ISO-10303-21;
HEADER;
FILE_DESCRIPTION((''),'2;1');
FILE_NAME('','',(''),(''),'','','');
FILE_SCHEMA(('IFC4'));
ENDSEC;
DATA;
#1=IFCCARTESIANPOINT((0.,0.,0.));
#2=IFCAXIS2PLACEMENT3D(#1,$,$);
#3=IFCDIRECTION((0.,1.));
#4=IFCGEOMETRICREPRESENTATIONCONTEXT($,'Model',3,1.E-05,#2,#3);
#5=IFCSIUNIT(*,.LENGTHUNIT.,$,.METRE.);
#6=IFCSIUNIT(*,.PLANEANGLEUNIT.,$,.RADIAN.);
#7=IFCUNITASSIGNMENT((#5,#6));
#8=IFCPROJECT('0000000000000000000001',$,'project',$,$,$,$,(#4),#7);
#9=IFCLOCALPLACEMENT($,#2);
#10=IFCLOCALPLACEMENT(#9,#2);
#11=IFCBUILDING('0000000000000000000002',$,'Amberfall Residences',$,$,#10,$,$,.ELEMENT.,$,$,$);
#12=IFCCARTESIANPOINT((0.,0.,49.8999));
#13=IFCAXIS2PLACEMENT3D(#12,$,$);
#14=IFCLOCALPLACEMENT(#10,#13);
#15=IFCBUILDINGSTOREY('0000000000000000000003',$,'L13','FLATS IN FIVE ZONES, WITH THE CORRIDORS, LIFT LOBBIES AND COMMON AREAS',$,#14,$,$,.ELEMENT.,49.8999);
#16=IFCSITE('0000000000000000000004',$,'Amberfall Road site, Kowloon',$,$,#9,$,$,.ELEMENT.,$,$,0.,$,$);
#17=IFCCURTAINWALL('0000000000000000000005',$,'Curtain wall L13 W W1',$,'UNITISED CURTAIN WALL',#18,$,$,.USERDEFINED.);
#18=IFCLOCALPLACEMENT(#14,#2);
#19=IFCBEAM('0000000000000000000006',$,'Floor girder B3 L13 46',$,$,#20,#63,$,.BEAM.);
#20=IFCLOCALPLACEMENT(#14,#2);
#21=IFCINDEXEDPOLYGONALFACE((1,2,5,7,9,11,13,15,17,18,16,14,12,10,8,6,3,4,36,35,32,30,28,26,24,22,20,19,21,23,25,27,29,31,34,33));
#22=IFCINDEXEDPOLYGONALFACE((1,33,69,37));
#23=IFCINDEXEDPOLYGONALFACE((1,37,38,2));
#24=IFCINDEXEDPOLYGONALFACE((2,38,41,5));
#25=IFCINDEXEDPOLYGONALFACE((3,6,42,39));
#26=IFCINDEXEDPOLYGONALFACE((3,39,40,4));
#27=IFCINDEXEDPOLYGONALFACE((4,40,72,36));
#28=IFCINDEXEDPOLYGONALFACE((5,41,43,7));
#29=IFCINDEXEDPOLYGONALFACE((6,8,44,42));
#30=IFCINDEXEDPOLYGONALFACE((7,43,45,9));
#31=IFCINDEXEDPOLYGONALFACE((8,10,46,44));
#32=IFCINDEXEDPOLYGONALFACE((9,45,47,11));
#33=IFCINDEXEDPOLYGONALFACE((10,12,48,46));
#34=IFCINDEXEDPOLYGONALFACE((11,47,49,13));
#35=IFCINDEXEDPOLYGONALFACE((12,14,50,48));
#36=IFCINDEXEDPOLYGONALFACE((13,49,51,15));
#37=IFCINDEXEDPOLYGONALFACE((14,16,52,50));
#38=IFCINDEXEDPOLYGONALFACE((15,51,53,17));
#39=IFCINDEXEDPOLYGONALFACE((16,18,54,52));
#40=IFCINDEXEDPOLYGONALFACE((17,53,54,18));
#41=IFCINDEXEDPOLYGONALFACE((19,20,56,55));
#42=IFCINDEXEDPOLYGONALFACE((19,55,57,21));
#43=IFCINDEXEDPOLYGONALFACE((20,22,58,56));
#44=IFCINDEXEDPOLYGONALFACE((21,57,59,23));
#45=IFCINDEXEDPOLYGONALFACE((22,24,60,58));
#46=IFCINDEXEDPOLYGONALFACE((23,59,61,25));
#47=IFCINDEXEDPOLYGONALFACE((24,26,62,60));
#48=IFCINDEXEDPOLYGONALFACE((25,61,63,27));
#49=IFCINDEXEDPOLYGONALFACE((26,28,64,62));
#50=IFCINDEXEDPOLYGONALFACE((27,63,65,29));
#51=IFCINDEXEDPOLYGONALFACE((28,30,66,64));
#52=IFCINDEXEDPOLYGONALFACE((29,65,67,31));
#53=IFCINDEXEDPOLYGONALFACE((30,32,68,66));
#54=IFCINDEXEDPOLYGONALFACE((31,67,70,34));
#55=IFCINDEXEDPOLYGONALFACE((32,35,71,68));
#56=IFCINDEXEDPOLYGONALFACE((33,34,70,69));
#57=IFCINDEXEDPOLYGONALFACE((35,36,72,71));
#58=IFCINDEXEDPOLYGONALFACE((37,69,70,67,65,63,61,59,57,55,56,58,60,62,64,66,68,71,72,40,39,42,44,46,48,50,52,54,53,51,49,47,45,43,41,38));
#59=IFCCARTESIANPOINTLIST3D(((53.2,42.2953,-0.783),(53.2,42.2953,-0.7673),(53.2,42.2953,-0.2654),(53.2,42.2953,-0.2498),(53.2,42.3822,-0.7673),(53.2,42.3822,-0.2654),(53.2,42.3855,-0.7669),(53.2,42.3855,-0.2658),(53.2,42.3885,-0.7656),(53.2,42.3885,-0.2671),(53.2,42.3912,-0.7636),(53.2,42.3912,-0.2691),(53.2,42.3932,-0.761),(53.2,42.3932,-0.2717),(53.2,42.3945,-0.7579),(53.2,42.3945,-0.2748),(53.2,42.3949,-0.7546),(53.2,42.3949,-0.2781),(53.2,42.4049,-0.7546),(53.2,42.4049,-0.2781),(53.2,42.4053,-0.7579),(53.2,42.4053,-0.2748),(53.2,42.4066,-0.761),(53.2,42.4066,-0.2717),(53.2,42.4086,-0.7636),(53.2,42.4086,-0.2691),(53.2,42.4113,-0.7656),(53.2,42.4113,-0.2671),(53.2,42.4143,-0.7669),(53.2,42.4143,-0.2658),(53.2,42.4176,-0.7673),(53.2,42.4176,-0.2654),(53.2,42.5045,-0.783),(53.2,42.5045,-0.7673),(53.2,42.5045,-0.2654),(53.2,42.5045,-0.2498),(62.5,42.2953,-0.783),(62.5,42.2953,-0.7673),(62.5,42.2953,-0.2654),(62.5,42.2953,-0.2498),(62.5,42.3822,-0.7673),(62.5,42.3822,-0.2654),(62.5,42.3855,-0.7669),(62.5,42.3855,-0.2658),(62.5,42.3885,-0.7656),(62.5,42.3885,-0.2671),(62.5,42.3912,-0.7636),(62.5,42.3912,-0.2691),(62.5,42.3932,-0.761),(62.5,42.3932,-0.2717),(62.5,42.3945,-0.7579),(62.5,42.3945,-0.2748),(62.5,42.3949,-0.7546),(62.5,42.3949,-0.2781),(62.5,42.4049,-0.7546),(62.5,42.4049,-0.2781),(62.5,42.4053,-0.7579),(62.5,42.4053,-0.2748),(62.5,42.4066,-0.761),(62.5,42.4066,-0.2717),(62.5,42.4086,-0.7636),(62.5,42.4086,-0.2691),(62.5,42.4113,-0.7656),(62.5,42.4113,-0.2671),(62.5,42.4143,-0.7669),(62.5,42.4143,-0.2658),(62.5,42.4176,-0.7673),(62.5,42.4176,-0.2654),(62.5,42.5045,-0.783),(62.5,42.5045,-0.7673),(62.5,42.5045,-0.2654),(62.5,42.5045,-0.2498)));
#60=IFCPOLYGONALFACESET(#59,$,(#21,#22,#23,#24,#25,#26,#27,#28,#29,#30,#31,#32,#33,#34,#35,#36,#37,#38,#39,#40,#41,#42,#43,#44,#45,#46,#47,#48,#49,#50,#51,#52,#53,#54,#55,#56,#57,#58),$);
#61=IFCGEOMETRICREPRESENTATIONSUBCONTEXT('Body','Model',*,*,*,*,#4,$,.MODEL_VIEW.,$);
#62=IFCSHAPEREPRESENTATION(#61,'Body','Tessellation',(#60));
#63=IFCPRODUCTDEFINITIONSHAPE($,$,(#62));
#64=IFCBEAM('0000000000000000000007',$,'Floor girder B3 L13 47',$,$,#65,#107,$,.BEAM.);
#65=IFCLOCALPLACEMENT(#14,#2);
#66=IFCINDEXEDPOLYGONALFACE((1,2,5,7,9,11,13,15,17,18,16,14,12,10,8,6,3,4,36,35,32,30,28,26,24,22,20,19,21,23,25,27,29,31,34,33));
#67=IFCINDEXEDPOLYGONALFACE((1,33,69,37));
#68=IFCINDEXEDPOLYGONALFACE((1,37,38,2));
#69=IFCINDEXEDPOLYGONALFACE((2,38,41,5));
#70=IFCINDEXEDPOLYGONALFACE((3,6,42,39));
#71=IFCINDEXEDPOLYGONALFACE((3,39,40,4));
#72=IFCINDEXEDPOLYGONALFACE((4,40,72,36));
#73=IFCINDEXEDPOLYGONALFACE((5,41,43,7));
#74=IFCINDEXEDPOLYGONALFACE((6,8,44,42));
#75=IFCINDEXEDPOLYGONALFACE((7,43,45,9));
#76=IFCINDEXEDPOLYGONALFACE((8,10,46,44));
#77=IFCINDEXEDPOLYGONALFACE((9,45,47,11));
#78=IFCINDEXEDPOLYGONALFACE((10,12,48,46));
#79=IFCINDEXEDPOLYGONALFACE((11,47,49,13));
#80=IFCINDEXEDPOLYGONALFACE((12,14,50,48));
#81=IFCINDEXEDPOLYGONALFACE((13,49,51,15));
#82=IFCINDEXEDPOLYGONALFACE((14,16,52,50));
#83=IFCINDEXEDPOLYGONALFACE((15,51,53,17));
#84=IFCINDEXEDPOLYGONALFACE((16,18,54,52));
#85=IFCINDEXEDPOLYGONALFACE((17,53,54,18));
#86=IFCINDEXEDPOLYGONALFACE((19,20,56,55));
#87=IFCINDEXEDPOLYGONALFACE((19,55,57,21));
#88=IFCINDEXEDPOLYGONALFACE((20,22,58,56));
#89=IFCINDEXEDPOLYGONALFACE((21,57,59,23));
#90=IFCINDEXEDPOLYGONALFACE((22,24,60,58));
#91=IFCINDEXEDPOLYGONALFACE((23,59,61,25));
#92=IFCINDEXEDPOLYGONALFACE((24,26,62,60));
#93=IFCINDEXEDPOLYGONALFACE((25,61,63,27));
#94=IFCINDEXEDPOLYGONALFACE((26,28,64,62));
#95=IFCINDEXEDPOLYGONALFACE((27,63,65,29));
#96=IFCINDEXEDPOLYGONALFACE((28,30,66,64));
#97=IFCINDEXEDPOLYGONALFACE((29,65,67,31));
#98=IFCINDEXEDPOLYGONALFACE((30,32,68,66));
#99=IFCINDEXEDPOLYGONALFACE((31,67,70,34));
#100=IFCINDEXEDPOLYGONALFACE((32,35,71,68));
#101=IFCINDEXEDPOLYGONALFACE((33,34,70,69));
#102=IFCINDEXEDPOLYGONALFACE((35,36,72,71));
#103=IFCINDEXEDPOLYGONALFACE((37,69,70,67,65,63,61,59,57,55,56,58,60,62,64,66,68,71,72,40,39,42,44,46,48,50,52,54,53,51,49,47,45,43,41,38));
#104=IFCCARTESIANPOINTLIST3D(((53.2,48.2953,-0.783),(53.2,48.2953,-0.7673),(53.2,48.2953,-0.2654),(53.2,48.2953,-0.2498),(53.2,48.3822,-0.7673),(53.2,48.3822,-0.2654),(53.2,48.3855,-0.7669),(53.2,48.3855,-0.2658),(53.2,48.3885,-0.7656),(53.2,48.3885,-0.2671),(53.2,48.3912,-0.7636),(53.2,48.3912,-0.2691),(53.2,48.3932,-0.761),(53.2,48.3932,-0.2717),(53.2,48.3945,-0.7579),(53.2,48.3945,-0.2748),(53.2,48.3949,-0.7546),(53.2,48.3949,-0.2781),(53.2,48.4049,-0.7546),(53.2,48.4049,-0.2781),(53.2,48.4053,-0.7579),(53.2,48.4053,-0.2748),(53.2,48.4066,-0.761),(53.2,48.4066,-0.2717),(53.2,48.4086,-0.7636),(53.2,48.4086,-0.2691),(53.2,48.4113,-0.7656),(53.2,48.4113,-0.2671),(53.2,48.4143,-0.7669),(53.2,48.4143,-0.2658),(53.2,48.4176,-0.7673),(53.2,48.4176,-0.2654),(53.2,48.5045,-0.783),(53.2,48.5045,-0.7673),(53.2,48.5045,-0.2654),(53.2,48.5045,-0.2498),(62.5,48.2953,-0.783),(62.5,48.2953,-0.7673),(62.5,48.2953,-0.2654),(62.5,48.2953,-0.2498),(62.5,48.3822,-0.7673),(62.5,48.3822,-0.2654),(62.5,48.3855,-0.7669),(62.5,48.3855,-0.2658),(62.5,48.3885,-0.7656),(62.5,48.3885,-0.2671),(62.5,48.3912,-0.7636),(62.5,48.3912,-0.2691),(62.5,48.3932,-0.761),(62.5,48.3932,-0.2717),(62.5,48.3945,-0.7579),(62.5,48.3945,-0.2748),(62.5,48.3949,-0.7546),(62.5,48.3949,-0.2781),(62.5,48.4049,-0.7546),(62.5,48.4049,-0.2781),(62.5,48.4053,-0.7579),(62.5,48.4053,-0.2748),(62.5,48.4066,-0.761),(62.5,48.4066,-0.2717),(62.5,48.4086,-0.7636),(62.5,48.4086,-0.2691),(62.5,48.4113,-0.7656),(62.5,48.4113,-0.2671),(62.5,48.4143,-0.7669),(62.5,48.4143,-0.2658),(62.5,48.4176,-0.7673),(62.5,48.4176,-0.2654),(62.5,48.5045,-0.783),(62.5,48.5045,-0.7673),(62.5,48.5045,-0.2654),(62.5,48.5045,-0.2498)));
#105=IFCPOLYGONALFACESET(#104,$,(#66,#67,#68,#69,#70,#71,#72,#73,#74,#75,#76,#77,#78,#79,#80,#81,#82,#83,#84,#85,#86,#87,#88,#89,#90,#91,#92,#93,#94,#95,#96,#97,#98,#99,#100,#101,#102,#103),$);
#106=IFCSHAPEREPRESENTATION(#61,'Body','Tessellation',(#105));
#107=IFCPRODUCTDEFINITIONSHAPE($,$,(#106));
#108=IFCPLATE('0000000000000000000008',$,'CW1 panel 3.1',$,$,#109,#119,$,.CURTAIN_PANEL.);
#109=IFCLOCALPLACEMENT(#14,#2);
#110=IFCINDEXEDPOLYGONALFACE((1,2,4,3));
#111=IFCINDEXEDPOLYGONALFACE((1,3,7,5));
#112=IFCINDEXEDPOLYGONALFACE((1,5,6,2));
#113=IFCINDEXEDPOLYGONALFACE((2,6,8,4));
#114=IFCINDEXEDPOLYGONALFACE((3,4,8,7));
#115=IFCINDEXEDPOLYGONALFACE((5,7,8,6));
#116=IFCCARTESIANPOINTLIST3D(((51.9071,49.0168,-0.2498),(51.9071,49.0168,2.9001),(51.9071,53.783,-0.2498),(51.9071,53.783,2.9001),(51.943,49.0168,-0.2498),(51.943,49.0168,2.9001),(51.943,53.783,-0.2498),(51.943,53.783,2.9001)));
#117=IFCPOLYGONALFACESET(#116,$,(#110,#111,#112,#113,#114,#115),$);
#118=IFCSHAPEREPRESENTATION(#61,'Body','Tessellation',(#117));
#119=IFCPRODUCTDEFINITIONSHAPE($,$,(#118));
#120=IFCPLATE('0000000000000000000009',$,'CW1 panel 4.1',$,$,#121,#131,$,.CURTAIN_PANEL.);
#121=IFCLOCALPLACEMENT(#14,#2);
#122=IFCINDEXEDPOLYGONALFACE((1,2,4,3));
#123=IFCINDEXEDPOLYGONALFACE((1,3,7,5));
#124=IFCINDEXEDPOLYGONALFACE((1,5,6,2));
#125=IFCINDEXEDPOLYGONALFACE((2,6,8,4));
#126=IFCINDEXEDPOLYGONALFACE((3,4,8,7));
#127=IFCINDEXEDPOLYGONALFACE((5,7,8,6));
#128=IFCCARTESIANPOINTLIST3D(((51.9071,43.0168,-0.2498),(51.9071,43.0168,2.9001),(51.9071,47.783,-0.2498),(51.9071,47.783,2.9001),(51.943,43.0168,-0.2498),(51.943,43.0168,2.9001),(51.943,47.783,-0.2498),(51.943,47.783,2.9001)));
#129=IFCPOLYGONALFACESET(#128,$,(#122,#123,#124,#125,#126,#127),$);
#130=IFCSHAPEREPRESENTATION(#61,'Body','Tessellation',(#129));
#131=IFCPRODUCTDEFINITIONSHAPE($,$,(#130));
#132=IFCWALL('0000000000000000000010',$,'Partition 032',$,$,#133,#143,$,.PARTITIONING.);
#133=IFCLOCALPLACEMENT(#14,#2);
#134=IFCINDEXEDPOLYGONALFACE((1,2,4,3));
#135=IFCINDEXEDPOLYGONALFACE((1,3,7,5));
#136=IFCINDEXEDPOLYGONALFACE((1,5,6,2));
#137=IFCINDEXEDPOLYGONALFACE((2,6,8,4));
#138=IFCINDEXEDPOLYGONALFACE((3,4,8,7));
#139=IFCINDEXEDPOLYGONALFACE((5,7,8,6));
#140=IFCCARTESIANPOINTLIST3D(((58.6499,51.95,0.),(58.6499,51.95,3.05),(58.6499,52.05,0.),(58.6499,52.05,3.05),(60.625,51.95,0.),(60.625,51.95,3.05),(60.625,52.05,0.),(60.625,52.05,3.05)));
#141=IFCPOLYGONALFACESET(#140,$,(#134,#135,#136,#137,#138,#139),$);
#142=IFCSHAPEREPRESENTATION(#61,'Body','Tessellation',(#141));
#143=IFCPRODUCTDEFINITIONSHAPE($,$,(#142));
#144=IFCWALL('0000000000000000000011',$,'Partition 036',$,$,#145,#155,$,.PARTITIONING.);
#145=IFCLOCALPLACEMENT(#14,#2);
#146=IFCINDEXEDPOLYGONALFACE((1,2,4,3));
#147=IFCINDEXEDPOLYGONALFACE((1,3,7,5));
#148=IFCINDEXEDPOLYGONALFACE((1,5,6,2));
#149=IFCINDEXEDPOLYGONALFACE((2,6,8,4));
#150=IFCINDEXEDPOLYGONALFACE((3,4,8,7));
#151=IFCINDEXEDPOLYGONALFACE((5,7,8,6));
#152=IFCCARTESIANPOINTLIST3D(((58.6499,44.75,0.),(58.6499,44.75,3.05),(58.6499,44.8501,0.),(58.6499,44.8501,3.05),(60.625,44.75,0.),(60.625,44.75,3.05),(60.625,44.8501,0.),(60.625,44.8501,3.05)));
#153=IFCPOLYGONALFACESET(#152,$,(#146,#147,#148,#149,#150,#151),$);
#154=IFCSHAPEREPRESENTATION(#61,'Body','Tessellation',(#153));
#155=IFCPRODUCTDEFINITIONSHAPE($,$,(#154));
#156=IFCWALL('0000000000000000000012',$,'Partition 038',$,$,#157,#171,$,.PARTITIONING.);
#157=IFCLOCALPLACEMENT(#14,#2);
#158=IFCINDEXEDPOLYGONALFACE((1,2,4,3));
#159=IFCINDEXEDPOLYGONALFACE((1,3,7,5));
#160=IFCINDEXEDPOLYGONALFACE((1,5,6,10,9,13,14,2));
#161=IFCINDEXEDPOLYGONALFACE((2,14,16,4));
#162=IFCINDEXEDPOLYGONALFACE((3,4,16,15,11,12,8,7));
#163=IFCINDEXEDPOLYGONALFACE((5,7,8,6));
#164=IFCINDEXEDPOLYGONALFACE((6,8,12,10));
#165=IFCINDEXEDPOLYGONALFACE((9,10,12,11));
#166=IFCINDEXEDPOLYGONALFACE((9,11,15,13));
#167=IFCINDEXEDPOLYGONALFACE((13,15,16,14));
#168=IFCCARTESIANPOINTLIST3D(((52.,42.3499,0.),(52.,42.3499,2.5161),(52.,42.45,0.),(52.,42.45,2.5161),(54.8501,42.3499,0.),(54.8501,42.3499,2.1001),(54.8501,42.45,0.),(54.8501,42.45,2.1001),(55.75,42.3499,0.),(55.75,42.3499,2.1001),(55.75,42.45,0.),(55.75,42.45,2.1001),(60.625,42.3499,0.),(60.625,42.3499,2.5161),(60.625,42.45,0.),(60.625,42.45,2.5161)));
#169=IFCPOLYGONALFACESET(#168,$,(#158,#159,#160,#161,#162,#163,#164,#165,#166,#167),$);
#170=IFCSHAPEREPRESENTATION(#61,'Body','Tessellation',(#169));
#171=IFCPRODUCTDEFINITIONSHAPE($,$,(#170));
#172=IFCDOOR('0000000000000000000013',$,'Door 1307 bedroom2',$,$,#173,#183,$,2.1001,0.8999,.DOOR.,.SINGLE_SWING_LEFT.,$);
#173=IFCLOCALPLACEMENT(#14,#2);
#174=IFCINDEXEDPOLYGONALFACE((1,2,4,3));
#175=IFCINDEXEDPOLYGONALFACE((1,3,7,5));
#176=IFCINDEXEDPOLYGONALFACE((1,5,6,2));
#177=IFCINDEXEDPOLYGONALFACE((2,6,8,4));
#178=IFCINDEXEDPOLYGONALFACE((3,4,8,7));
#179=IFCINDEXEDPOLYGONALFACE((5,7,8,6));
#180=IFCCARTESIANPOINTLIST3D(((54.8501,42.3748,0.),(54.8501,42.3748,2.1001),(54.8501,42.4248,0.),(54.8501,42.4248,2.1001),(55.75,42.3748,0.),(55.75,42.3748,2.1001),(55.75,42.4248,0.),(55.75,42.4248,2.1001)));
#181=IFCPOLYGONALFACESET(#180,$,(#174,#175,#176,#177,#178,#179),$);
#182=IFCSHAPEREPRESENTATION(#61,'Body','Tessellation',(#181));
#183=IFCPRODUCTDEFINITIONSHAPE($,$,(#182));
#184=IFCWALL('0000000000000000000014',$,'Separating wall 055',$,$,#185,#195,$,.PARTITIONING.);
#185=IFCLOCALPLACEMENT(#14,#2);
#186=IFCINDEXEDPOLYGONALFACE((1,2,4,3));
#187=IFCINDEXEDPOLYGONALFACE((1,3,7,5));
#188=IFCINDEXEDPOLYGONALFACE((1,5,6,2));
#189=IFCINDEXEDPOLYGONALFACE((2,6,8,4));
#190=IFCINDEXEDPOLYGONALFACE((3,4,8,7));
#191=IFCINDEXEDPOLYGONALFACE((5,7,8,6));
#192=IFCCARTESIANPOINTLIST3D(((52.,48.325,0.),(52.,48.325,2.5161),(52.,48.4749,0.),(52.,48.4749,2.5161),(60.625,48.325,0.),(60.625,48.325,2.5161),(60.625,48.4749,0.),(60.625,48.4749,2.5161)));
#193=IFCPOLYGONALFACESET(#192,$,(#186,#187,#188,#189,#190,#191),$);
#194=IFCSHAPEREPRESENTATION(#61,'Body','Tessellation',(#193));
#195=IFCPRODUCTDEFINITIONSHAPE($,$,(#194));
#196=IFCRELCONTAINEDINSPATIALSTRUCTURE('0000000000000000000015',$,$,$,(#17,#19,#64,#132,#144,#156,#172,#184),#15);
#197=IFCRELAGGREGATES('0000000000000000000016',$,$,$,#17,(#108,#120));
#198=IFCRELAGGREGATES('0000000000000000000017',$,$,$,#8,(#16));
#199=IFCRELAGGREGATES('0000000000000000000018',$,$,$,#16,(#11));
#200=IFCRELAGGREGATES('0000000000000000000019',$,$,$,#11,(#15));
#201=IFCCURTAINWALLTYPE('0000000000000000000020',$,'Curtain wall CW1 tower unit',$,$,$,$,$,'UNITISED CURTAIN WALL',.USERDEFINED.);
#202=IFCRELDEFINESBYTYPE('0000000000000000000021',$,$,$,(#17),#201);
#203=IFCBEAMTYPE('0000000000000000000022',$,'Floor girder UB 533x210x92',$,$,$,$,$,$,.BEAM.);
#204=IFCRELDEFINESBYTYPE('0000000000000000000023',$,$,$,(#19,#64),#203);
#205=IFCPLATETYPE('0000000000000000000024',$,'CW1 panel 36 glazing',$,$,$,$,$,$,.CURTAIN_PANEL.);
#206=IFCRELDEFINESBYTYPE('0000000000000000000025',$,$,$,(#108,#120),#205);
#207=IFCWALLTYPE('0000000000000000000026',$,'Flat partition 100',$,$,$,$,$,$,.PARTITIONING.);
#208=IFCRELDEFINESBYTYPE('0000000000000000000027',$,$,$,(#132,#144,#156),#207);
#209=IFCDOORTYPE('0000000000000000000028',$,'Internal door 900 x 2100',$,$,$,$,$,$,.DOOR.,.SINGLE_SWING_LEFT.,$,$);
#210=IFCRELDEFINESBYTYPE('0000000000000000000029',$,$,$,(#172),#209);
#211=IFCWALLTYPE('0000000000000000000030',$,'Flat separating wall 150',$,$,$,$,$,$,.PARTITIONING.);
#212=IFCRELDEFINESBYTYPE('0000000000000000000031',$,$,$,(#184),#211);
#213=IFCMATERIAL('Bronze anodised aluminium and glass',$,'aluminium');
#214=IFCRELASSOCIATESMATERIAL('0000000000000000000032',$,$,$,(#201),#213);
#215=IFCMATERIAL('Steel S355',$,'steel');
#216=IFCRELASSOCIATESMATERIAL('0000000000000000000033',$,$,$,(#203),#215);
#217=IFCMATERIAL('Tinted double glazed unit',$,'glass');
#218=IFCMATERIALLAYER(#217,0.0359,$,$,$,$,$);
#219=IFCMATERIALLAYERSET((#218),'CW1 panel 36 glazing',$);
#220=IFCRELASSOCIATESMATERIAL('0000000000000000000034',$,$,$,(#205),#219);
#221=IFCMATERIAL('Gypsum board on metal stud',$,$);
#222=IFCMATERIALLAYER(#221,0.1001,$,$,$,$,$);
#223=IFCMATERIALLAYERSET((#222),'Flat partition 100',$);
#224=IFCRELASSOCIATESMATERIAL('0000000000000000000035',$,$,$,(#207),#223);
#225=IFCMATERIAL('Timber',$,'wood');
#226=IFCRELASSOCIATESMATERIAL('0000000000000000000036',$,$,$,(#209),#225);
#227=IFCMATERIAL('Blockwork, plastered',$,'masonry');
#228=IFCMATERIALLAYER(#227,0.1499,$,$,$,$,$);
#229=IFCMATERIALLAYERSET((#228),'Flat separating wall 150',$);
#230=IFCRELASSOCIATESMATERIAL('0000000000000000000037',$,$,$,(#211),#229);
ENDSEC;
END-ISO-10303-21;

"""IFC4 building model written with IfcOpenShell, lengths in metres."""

from ifc_helpers import new_model, si_unit, direction, frame, frame_2d, origin, origin_2d, place, context, subcontext, project, spatial, rectangle, i_section, extrude, material, layer, layer_set, material_profile, profile_set, type_object, element, fill, aggregate, save


model = new_model("IFC4")

# Units and contexts
model_context = context("Model", 3, precision=1e-05, world=origin(), true_north=direction((0.0, 1.0)))
body_context = subcontext(model_context, "Body", "Model", "MODEL_VIEW")
ifc_project = project(units=[si_unit("LENGTHUNIT", "METRE"), si_unit("PLANEANGLEUNIT", "RADIAN")], contexts=[model_context])

# Site, building, storey
site_placement = place(None, origin())
site = spatial("IfcSite", under=ifc_project, at=site_placement, Name="Amberfall Road site, Kowloon", CompositionType="ELEMENT", RefElevation=0.0)
building_placement = place(site_placement, origin())
building = spatial("IfcBuilding", under=site, at=building_placement, Name="Amberfall Residences", CompositionType="ELEMENT")
storey_placement = place(building_placement, frame((0.0, 0.0, 49.8999)))
storey = spatial("IfcBuildingStorey", under=building, at=storey_placement, Name="L13", Description="FLATS IN FIVE ZONES, WITH THE CORRIDORS, LIFT LOBBIES AND COMMON AREAS", CompositionType="ELEMENT", Elevation=49.8999)

# Curtain wall
ifc_material_1 = material(Name="Bronze anodised aluminium and glass", Category="aluminium")
curtain_wall_type = type_object("IfcCurtainWallType", Name="Curtain wall CW1 tower unit", ElementType="UNITISED CURTAIN WALL", PredefinedType="USERDEFINED", material=ifc_material_1)
curtain_wall_placement = place(storey_placement, origin())
curtain_wall = element("IfcCurtainWall", 1, at=curtain_wall_placement, inside=storey, type_object=curtain_wall_type, Name="Curtain wall L13 W W1", ObjectType="UNITISED CURTAIN WALL", PredefinedType="USERDEFINED")

# Shared definitions
ifc_material_2 = material(Name="Steel S355", Category="steel")

# Beams
ifc_material_profile_1 = material_profile(ifc_material_2, i_section(OverallWidth=0.2092, OverallDepth=0.5332, WebThickness=0.01, FlangeThickness=0.0156, FilletRadius=0.0127, at=origin_2d()), Name="UB 533x210x92")
ifc_profile_set_1 = profile_set([ifc_material_profile_1], Name="Steel S355")
beam_type_1 = type_object("IfcBeamType", Name="Floor girder UB 533x210x92", PredefinedType="BEAM", material=ifc_profile_set_1)
for number, where, z_axis, x_axis, name in (
    (2, (53.2, 42.3999, -0.5164), (1.0, 0.0, 0.0), (0.0, 1.0, 0.0), "Floor girder B3 L13 46"),
    (3, (53.2, 48.3999, -0.5164), (1.0, 0.0, 0.0), (0.0, 1.0, 0.0), "Floor girder B3 L13 47"),
):
    element("IfcBeam", number, at=place(storey_placement, frame(where, z_axis=z_axis, x_axis=x_axis)), inside=storey, type_object=beam_type_1, Name=name, PredefinedType="BEAM", context=body_context, shape_type="SweptSolid", body=[
        extrude(i_section(OverallWidth=0.2092, OverallDepth=0.5332, WebThickness=0.01, FlangeThickness=0.0156, FilletRadius=0.0127, at=origin_2d()), origin(), (0.0, 0.0, 1.0), 9.3),
    ])

# Plates
ifc_material_3 = material(Name="Tinted double glazed unit", Category="glass")
ifc_layer_1 = layer(ifc_material_3, 0.0359)
ifc_layer_set_1 = layer_set([ifc_layer_1], Name="CW1 panel 36 glazing")
plate_type = type_object("IfcPlateType", Name="CW1 panel 36 glazing", PredefinedType="CURTAIN_PANEL", material=ifc_layer_set_1)
plate_1_placement = place(storey_placement, frame((51.925, 51.3999, -0.2498), z_axis=(0.0, 0.0, 1.0), x_axis=(0.0, -1.0, 0.0)))
plate_1 = element("IfcPlate", 4, at=plate_1_placement, type_object=plate_type, Name="CW1 panel 3.1", PredefinedType="CURTAIN_PANEL", context=body_context, shape_type="SweptSolid", body=[
    extrude(rectangle(XDim=4.7661, YDim=0.0359, at=origin_2d()), origin(), (0.0, 0.0, 1.0), 3.1499),
])
plate_2_placement = place(storey_placement, frame((51.925, 45.3999, -0.2498), z_axis=(0.0, 0.0, 1.0), x_axis=(0.0, -1.0, 0.0)))
plate_2 = element("IfcPlate", 5, at=plate_2_placement, type_object=plate_type, Name="CW1 panel 4.1", PredefinedType="CURTAIN_PANEL", context=body_context, shape_type="SweptSolid", body=[
    extrude(rectangle(XDim=4.7661, YDim=0.0359, at=origin_2d()), origin(), (0.0, 0.0, 1.0), 3.1499),
])
aggregate(curtain_wall, [plate_1, plate_2])

# Walls
ifc_material_4 = material(Name="Gypsum board on metal stud")
ifc_layer_2 = layer(ifc_material_4, 0.1001)
ifc_layer_set_2 = layer_set([ifc_layer_2], Name="Flat partition 100")
wall_type_1 = type_object("IfcWallType", Name="Flat partition 100", PredefinedType="PARTITIONING", material=ifc_layer_set_2)
for number, where, z_axis, x_axis, name in (
    (6, (58.6499, 52.0, 0.0), (0.0, 0.0, 1.0), (1.0, 0.0, 0.0), "Partition 032"),
    (7, (58.6499, 44.8, 0.0), (0.0, 0.0, 1.0), (1.0, 0.0, 0.0), "Partition 036"),
):
    element("IfcWall", number, at=place(storey_placement, frame(where, z_axis=z_axis, x_axis=x_axis)), inside=storey, type_object=wall_type_1, Name=name, PredefinedType="PARTITIONING", context=body_context, shape_type="SweptSolid", body=[
        extrude(rectangle(XDim=1.9751, YDim=0.1001, at=frame_2d((0.9875, 0.0))), origin(), (0.0, 0.0, 1.0), 3.05),
    ])

# Wall, opening, door
wall_1_placement = place(storey_placement, frame((52.0, 42.3999, 0.0), z_axis=(0.0, 0.0, 1.0), x_axis=(1.0, 0.0, 0.0)))
wall_1 = element("IfcWall", 8, at=wall_1_placement, inside=storey, type_object=wall_type_1, Name="Partition 038", PredefinedType="PARTITIONING", context=body_context, shape_type="SweptSolid", body=[
    extrude(rectangle(XDim=8.625, YDim=0.1001, at=frame_2d((4.3125, 0.0))), origin(), (0.0, 0.0, 1.0), 2.5161),
])
opening_placement = place(wall_1_placement, frame((2.8501, 0.0, 0.0)))
opening = element("IfcOpeningElement", 9, at=opening_placement, cuts=wall_1, PredefinedType="OPENING", context=body_context, shape_type="SweptSolid", body=[
    extrude(rectangle(XDim=0.8999, YDim=2.1001, at=frame_2d((0.45, 1.05))), frame((0.0, 0.0601, 0.0), z_axis=(0.0, -1.0, 0.0), x_axis=(1.0, 0.0, 0.0)), (0.0, 0.0, 1.0), 0.1201),
])
ifc_material_5 = material(Name="Timber", Category="wood")
door_type = type_object("IfcDoorType", Name="Internal door 900 x 2100", OperationType="SINGLE_SWING_LEFT", PredefinedType="DOOR", material=ifc_material_5)
door_placement = place(opening_placement, origin())
door = element("IfcDoor", 10, at=door_placement, inside=storey, type_object=door_type, Name="Door 1307 bedroom2", OperationType="SINGLE_SWING_LEFT", OverallHeight=2.1001, OverallWidth=0.8999, PredefinedType="DOOR", context=body_context, shape_type="SweptSolid", body=[
    extrude(rectangle(XDim=0.8999, YDim=2.1001, at=frame_2d((0.45, 1.05))), frame((0.0, 0.0249, 0.0), z_axis=(0.0, -1.0, 0.0), x_axis=(1.0, 0.0, 0.0)), (0.0, 0.0, 1.0), 0.05),
])
fill(opening, door)

# Wall
ifc_material_6 = material(Name="Blockwork, plastered", Category="masonry")
ifc_layer_3 = layer(ifc_material_6, 0.1499)
ifc_layer_set_3 = layer_set([ifc_layer_3], Name="Flat separating wall 150")
wall_type_2 = type_object("IfcWallType", Name="Flat separating wall 150", PredefinedType="PARTITIONING", material=ifc_layer_set_3)
wall_2_placement = place(storey_placement, frame((52.0, 48.3999, 0.0), z_axis=(0.0, 0.0, 1.0), x_axis=(1.0, 0.0, 0.0)))
element("IfcWall", 11, at=wall_2_placement, inside=storey, type_object=wall_type_2, Name="Separating wall 055", PredefinedType="PARTITIONING", context=body_context, shape_type="SweptSolid", body=[
    extrude(rectangle(XDim=8.625, YDim=0.1499, at=frame_2d((4.3125, 0.0))), origin(), (0.0, 0.0, 1.0), 2.5161),
])

save(model, "model.ifc")
